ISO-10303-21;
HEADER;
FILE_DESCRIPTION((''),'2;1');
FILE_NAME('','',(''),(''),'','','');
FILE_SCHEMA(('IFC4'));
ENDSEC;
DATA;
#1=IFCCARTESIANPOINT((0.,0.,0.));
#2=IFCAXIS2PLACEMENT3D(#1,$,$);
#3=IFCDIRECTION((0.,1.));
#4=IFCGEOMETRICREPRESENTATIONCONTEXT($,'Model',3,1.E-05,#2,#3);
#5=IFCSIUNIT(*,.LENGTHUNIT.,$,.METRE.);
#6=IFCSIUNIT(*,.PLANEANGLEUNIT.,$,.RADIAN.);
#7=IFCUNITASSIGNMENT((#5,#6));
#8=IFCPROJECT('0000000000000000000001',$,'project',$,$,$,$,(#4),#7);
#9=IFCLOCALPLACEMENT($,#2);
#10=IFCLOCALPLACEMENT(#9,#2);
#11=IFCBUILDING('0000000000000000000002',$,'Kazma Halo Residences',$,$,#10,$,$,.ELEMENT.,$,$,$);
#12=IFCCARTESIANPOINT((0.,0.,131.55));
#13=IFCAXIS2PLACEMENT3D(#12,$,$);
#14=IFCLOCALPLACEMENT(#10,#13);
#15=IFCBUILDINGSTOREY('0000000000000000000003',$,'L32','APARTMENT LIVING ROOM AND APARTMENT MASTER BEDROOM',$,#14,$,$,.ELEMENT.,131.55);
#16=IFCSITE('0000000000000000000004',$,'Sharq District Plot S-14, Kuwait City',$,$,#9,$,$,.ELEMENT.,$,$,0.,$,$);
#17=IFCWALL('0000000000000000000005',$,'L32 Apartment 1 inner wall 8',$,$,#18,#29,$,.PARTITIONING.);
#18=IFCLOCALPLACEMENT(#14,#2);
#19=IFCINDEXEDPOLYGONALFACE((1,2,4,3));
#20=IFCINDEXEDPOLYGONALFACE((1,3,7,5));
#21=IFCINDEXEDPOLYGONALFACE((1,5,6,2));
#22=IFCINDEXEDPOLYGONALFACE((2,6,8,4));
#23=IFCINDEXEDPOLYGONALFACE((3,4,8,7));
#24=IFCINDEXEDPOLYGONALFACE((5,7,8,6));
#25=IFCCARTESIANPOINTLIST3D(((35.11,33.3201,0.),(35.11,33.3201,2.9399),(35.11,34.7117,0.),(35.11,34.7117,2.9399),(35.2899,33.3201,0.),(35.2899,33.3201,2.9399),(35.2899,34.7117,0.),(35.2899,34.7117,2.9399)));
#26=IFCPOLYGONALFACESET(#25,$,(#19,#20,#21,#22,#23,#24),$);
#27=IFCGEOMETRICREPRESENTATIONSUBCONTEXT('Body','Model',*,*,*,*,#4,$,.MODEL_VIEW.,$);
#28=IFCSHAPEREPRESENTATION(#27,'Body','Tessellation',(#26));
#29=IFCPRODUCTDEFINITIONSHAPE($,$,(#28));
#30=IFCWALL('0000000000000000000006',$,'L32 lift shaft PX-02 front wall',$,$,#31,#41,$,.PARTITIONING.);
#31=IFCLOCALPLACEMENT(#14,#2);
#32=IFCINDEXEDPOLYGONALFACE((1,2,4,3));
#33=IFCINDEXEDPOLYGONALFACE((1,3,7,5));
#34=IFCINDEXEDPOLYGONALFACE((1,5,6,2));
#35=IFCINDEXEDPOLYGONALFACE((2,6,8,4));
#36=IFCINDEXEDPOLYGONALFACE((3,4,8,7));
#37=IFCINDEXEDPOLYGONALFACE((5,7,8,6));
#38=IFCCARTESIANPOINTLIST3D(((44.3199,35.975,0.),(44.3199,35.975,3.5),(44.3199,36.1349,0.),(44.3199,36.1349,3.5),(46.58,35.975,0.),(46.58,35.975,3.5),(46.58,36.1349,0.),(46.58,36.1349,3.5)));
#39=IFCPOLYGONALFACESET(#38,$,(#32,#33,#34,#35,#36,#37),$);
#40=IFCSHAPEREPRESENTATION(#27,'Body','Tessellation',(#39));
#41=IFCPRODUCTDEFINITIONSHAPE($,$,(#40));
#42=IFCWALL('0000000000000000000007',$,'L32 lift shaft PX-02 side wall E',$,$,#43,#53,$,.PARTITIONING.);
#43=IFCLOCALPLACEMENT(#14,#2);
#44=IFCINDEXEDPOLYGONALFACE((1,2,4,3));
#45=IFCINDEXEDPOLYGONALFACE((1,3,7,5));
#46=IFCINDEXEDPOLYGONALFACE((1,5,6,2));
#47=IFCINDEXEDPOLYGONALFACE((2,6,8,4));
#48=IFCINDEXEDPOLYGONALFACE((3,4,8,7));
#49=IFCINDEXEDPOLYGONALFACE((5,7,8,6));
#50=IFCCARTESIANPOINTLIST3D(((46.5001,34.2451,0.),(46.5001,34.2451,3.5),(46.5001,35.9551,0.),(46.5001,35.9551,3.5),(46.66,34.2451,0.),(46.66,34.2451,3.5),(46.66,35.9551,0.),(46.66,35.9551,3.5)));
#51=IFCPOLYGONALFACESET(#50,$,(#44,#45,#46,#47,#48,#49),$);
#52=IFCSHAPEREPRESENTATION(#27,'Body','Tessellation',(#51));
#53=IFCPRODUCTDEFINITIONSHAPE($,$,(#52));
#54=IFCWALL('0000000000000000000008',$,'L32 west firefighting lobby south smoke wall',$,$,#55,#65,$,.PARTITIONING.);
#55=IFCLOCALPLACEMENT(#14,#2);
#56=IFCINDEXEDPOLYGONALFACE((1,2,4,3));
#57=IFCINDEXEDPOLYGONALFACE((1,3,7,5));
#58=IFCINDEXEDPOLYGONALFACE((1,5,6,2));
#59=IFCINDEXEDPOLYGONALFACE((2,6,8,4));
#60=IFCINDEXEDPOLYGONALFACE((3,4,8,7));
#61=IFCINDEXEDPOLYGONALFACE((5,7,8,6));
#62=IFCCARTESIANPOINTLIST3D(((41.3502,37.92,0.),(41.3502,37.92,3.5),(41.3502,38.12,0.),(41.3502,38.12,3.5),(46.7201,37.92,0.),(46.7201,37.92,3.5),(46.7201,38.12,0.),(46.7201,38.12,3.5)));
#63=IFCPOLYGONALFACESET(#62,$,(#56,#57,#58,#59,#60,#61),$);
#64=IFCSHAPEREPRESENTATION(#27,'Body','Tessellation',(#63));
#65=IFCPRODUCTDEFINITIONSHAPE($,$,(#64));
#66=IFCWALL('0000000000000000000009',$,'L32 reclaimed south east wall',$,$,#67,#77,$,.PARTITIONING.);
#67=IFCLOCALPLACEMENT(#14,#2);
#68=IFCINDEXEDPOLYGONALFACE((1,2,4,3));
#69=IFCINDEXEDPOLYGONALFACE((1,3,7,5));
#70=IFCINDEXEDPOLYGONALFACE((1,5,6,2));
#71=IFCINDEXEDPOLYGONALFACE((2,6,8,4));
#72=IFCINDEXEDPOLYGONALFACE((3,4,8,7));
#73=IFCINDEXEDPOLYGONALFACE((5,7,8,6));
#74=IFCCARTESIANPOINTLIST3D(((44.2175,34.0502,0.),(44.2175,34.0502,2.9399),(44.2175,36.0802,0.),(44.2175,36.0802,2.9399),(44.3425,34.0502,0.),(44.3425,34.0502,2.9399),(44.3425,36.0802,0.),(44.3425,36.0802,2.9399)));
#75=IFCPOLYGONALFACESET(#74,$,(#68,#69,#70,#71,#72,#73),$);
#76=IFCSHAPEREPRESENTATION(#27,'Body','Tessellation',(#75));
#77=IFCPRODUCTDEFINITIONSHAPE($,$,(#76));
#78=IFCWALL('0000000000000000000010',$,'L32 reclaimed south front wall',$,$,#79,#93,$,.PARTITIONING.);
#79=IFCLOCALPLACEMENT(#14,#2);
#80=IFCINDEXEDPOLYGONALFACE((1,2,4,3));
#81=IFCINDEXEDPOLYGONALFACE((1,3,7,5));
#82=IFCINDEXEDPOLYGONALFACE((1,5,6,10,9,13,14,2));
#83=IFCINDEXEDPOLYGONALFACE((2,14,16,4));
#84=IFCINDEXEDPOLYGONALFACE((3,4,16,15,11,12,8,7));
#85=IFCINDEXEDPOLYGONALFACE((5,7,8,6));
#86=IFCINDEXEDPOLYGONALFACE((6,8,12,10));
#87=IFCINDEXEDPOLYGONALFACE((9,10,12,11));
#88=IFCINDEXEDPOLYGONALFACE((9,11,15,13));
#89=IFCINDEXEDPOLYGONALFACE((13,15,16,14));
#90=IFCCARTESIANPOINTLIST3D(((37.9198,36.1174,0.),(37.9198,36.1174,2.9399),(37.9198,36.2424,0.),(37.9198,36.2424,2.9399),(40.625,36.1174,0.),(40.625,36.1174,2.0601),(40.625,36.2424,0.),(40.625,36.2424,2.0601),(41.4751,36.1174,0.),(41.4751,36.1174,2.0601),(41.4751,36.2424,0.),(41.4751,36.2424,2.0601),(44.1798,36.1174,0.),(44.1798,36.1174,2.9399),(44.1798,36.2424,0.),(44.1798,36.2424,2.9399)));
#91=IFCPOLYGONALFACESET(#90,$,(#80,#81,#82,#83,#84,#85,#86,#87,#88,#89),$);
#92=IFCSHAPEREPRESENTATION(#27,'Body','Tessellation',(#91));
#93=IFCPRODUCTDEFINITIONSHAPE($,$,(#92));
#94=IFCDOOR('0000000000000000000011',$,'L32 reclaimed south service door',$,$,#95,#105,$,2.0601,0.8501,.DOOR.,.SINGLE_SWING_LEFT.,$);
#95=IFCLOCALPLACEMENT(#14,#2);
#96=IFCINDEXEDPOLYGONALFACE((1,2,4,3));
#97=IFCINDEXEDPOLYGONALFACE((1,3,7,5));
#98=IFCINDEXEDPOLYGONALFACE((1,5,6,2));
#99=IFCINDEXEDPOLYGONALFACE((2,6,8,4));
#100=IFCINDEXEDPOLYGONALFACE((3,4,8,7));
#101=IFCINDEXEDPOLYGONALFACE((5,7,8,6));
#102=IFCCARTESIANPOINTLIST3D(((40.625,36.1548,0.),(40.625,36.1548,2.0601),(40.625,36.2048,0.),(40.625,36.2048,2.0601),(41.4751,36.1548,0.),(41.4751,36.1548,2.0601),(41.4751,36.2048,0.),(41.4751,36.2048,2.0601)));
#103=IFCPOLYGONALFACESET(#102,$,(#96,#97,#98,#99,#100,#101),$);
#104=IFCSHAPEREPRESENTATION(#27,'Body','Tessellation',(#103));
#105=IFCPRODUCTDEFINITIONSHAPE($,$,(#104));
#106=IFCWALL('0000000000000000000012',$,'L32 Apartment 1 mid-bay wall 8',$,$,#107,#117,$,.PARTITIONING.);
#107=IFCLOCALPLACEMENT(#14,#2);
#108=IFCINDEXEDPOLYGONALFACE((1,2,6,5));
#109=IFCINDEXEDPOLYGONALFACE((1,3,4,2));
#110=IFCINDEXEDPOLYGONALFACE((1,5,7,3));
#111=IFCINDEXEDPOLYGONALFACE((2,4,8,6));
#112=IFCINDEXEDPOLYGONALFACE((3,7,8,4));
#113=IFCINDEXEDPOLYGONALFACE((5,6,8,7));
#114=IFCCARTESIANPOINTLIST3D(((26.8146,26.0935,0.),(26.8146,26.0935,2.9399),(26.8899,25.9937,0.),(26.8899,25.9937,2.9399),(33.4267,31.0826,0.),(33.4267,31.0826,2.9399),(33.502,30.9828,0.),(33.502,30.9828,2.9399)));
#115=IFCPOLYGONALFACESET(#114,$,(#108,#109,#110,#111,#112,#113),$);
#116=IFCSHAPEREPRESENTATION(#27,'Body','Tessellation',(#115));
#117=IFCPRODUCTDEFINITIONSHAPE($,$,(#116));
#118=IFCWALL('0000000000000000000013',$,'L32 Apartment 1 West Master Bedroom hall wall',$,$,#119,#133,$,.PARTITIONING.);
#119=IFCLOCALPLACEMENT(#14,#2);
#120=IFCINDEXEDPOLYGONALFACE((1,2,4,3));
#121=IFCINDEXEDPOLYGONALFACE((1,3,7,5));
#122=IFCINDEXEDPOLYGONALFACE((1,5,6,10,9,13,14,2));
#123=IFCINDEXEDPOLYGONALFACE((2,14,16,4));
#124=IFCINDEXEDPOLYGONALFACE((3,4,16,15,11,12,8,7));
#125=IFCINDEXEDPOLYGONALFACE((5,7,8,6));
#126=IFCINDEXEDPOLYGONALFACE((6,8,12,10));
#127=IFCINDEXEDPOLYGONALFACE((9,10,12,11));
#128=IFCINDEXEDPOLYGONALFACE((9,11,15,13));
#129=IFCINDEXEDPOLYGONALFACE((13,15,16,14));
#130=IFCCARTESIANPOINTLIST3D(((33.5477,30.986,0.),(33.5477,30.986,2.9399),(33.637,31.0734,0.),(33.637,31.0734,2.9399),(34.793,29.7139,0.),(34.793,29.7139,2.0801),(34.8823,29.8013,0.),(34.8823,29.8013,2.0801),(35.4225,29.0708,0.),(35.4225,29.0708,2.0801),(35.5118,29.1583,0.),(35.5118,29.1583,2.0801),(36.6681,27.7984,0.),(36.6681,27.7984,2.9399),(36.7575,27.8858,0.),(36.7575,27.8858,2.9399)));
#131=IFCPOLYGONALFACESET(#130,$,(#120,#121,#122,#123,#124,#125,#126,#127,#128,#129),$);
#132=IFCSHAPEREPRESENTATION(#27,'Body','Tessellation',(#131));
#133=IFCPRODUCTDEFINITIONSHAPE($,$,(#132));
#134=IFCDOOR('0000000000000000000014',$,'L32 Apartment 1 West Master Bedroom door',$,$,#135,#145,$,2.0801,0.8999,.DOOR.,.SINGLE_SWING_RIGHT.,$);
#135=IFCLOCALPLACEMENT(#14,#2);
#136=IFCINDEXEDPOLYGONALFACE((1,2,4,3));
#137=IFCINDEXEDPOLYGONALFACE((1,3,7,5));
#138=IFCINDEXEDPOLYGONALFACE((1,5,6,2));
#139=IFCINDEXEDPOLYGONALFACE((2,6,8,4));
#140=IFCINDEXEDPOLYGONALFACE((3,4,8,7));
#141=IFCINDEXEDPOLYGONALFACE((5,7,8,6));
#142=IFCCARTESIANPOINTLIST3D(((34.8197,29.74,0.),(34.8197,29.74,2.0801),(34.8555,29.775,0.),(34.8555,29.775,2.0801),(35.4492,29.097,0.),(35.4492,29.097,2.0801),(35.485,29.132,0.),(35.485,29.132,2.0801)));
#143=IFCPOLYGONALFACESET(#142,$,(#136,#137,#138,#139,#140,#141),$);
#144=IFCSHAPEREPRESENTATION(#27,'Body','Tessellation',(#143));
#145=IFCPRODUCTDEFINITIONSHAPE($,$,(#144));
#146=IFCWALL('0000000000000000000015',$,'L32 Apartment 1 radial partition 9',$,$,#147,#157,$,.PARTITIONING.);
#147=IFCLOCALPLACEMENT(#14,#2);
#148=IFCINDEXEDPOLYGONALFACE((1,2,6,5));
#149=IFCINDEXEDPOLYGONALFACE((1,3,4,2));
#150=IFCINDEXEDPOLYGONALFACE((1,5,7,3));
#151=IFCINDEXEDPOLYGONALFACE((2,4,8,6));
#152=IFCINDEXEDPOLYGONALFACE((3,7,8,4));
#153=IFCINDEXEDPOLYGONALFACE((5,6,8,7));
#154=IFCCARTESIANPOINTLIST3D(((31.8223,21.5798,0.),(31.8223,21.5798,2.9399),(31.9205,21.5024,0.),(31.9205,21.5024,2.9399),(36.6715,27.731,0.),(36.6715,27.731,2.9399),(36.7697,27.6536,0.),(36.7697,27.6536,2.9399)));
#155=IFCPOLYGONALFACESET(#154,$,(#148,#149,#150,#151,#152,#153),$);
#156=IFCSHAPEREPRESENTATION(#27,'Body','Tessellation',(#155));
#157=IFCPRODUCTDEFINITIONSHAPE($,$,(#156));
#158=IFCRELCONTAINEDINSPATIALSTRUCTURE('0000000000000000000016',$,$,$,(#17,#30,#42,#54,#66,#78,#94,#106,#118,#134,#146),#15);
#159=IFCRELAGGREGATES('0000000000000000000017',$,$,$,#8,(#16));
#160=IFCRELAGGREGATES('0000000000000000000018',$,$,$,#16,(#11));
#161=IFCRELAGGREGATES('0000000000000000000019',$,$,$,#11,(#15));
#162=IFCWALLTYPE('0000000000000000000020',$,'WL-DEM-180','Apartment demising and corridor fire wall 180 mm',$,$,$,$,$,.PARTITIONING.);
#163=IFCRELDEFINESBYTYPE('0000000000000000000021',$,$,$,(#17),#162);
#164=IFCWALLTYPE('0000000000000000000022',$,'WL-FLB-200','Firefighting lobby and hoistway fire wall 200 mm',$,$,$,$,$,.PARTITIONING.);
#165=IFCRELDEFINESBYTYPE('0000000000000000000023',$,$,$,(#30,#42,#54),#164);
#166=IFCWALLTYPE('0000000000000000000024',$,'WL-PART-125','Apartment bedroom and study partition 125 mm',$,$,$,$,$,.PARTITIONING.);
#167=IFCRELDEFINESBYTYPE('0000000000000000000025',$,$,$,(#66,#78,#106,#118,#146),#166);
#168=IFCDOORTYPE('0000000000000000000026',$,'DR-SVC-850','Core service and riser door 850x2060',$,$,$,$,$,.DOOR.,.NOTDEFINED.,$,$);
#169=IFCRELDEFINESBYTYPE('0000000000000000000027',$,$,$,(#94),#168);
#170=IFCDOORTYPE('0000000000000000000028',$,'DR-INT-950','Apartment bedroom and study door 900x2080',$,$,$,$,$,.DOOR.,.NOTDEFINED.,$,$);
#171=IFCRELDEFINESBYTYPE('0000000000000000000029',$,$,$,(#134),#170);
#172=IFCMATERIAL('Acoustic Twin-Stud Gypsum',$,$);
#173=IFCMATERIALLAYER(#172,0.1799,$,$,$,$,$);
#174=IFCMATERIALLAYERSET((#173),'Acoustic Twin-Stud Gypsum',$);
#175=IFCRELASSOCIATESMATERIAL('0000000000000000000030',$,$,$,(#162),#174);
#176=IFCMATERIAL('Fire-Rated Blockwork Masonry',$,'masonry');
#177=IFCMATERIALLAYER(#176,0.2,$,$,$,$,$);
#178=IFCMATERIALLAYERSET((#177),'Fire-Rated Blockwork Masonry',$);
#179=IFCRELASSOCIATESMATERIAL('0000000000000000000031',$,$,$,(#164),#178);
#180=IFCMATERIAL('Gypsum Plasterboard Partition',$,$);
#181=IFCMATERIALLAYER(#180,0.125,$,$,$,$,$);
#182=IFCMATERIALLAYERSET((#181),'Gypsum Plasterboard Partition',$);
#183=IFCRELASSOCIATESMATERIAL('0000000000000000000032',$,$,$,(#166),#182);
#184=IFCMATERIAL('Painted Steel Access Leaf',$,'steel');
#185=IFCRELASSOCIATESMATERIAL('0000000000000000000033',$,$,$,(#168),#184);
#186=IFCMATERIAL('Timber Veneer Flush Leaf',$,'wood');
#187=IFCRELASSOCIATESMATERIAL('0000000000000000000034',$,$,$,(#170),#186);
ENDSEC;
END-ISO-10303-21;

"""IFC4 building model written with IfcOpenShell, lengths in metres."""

from ifc_helpers import new_model, si_unit, direction, frame, frame_2d, origin, place, context, subcontext, project, spatial, rectangle, extrude, material, layer, layer_set, type_object, element, fill, save


model = new_model("IFC4")

# Units and contexts
model_context = context("Model", 3, precision=1e-05, world=origin(), true_north=direction((0.0, 1.0)))
body_context = subcontext(model_context, "Body", "Model", "MODEL_VIEW")
ifc_project = project(units=[si_unit("LENGTHUNIT", "METRE"), si_unit("PLANEANGLEUNIT", "RADIAN")], contexts=[model_context])

# Site, building, storey
site_placement = place(None, origin())
site = spatial("IfcSite", under=ifc_project, at=site_placement, Name="Sharq District Plot S-14, Kuwait City", CompositionType="ELEMENT", RefElevation=0.0)
building_placement = place(site_placement, origin())
building = spatial("IfcBuilding", under=site, at=building_placement, Name="Kazma Halo Residences", CompositionType="ELEMENT")
storey_placement = place(building_placement, frame((0.0, 0.0, 131.55)))
storey = spatial("IfcBuildingStorey", under=building, at=storey_placement, Name="L32", Description="APARTMENT LIVING ROOM AND APARTMENT MASTER BEDROOM", CompositionType="ELEMENT", Elevation=131.55)

# Walls
ifc_material_1 = material(Name="Acoustic Twin-Stud Gypsum")
ifc_layer_1 = layer(ifc_material_1, 0.1799)
ifc_layer_set_1 = layer_set([ifc_layer_1], Name="Acoustic Twin-Stud Gypsum")
wall_type_1 = type_object("IfcWallType", Name="WL-DEM-180", Description="Apartment demising and corridor fire wall 180 mm", PredefinedType="PARTITIONING", material=ifc_layer_set_1)
wall_1_placement = place(storey_placement, frame((35.2, 34.7117, 0.0), z_axis=(0.0, 0.0, 1.0), x_axis=(0.0, -1.0, 0.0)))
element("IfcWall", 1, at=wall_1_placement, inside=storey, type_object=wall_type_1, Name="L32 Apartment 1 inner wall 8", PredefinedType="PARTITIONING", context=body_context, shape_type="SweptSolid", body=[
    extrude(rectangle(XDim=1.3916, YDim=0.1799, at=frame_2d((0.6958, 0.0))), origin(), (0.0, 0.0, 1.0), 2.9399),
])
ifc_material_2 = material(Name="Fire-Rated Blockwork Masonry", Category="masonry")
ifc_layer_2 = layer(ifc_material_2, 0.2)
ifc_layer_set_2 = layer_set([ifc_layer_2], Name="Fire-Rated Blockwork Masonry")
wall_type_2 = type_object("IfcWallType", Name="WL-FLB-200", Description="Firefighting lobby and hoistway fire wall 200 mm", PredefinedType="PARTITIONING", material=ifc_layer_set_2)
wall_2_placement = place(storey_placement, frame((44.3201, 36.0549, 0.0), z_axis=(0.0, 0.0, 1.0), x_axis=(1.0, 0.0, 0.0)))
element("IfcWall", 2, at=wall_2_placement, inside=storey, type_object=wall_type_2, Name="L32 lift shaft PX-02 front wall", PredefinedType="PARTITIONING", context=body_context, shape_type="SweptSolid", body=[
    extrude(rectangle(XDim=2.26, YDim=0.1599, at=frame_2d((1.1299, 0.0))), origin(), (0.0, 0.0, 1.0), 3.5),
])
wall_3_placement = place(storey_placement, frame((46.5801, 34.2451, 0.0), z_axis=(0.0, 0.0, 1.0), x_axis=(0.0, 1.0, 0.0)))
element("IfcWall", 3, at=wall_3_placement, inside=storey, type_object=wall_type_2, Name="L32 lift shaft PX-02 side wall E", PredefinedType="PARTITIONING", context=body_context, shape_type="SweptSolid", body=[
    extrude(rectangle(XDim=1.71, YDim=0.1599, at=frame_2d((0.855, 0.0))), origin(), (0.0, 0.0, 1.0), 3.5),
])
wall_4_placement = place(storey_placement, frame((41.3501, 38.02, 0.0), z_axis=(0.0, 0.0, 1.0), x_axis=(1.0, 0.0, 0.0)))
element("IfcWall", 4, at=wall_4_placement, inside=storey, type_object=wall_type_2, Name="L32 west firefighting lobby south smoke wall", PredefinedType="PARTITIONING", context=body_context, shape_type="SweptSolid", body=[
    extrude(rectangle(XDim=5.3699, YDim=0.2, at=frame_2d((2.6851, 0.0))), origin(), (0.0, 0.0, 1.0), 3.5),
])
ifc_material_3 = material(Name="Gypsum Plasterboard Partition")
ifc_layer_3 = layer(ifc_material_3, 0.125)
ifc_layer_set_3 = layer_set([ifc_layer_3], Name="Gypsum Plasterboard Partition")
wall_type_3 = type_object("IfcWallType", Name="WL-PART-125", Description="Apartment bedroom and study partition 125 mm", PredefinedType="PARTITIONING", material=ifc_layer_set_3)
wall_5_placement = place(storey_placement, frame((44.28, 34.05, 0.0), z_axis=(0.0, 0.0, 1.0), x_axis=(0.0, 1.0, 0.0)))
element("IfcWall", 5, at=wall_5_placement, inside=storey, type_object=wall_type_3, Name="L32 reclaimed south east wall", PredefinedType="PARTITIONING", context=body_context, shape_type="SweptSolid", body=[
    extrude(rectangle(XDim=2.03, YDim=0.125, at=frame_2d((1.0151, 0.0))), origin(), (0.0, 0.0, 1.0), 2.9399),
])

# Wall, opening, door
wall_6_placement = place(storey_placement, frame((37.9199, 36.1799, 0.0), z_axis=(0.0, 0.0, 1.0), x_axis=(1.0, 0.0, 0.0)))
wall_6 = element("IfcWall", 6, at=wall_6_placement, inside=storey, type_object=wall_type_3, Name="L32 reclaimed south front wall", PredefinedType="PARTITIONING", context=body_context, shape_type="SweptSolid", body=[
    extrude(rectangle(XDim=6.26, YDim=0.125, at=frame_2d((3.1299, 0.0))), origin(), (0.0, 0.0, 1.0), 2.9399),
])
opening_1_placement = place(wall_6_placement, frame((2.7051, 0.0, 0.0)))
opening_1 = element("IfcOpeningElement", 7, at=opening_1_placement, cuts=wall_6, PredefinedType="OPENING", context=body_context, shape_type="SweptSolid", body=[
    extrude(rectangle(XDim=0.8501, YDim=2.0601, at=frame_2d((0.425, 1.03))), frame((0.0, 0.0725, 0.0), z_axis=(0.0, -1.0, 0.0), x_axis=(1.0, 0.0, 0.0)), (0.0, 0.0, 1.0), 0.145),
])
ifc_material_4 = material(Name="Painted Steel Access Leaf", Category="steel")
door_type_1 = type_object("IfcDoorType", Name="DR-SVC-850", Description="Core service and riser door 850x2060", OperationType="NOTDEFINED", PredefinedType="DOOR", material=ifc_material_4)
door_1_placement = place(opening_1_placement, origin())
door_1 = element("IfcDoor", 8, at=door_1_placement, inside=storey, type_object=door_type_1, Name="L32 reclaimed south service door", OperationType="SINGLE_SWING_LEFT", OverallHeight=2.0601, OverallWidth=0.8501, PredefinedType="DOOR", context=body_context, shape_type="SweptSolid", body=[
    extrude(rectangle(XDim=0.8501, YDim=2.0601, at=frame_2d((0.425, 1.03))), frame((0.0, 0.0249, 0.0), z_axis=(0.0, -1.0, 0.0), x_axis=(1.0, 0.0, 0.0)), (0.0, 0.0, 1.0), 0.05),
])
fill(opening_1, door_1)

# Wall
wall_7_placement = place(storey_placement, frame((33.4644, 31.0327, 0.0), z_axis=(0.0, 0.0, 1.0), x_axis=(-0.79826, -0.602313, 0.0)))
element("IfcWall", 9, at=wall_7_placement, inside=storey, type_object=wall_type_3, Name="L32 Apartment 1 mid-bay wall 8", PredefinedType="PARTITIONING", context=body_context, shape_type="SweptSolid", body=[
    extrude(rectangle(XDim=8.2832, YDim=0.125, at=frame_2d((4.1416, 0.0))), origin(), (0.0, 0.0, 1.0), 2.9399),
])

# Wall, opening, door
wall_8_placement = place(storey_placement, frame((33.5923, 31.0298, 0.0), z_axis=(0.0, 0.0, 1.0), x_axis=(0.699541, -0.714593, 0.0)))
wall_8 = element("IfcWall", 10, at=wall_8_placement, inside=storey, type_object=wall_type_3, Name="L32 Apartment 1 West Master Bedroom hall wall", PredefinedType="PARTITIONING", context=body_context, shape_type="SweptSolid", body=[
    extrude(rectangle(XDim=4.4607, YDim=0.125, at=frame_2d((2.2305, 0.0))), origin(), (0.0, 0.0, 1.0), 2.9399),
])
opening_2_placement = place(wall_8_placement, frame((1.7803, 0.0, 0.0)))
opening_2 = element("IfcOpeningElement", 11, at=opening_2_placement, cuts=wall_8, PredefinedType="OPENING", context=body_context, shape_type="SweptSolid", body=[
    extrude(rectangle(XDim=0.8999, YDim=2.0801, at=frame_2d((0.45, 1.04))), frame((0.0, 0.0725, 0.0), z_axis=(0.0, -1.0, 0.0), x_axis=(1.0, 0.0, 0.0)), (0.0, 0.0, 1.0), 0.145),
])
ifc_material_5 = material(Name="Timber Veneer Flush Leaf", Category="wood")
door_type_2 = type_object("IfcDoorType", Name="DR-INT-950", Description="Apartment bedroom and study door 900x2080", OperationType="NOTDEFINED", PredefinedType="DOOR", material=ifc_material_5)
door_2_placement = place(opening_2_placement, origin())
door_2 = element("IfcDoor", 12, at=door_2_placement, inside=storey, type_object=door_type_2, Name="L32 Apartment 1 West Master Bedroom door", OperationType="SINGLE_SWING_RIGHT", OverallHeight=2.0801, OverallWidth=0.8999, PredefinedType="DOOR", context=body_context, shape_type="SweptSolid", body=[
    extrude(rectangle(XDim=0.8999, YDim=2.0801, at=frame_2d((0.45, 1.04))), frame((0.0, 0.0249, 0.0), z_axis=(0.0, -1.0, 0.0), x_axis=(1.0, 0.0, 0.0)), (0.0, 0.0, 1.0), 0.05),
])
fill(opening_2, door_2)

# Wall
wall_9_placement = place(storey_placement, frame((36.7207, 27.6924, 0.0), z_axis=(0.0, 0.0, 1.0), x_axis=(-0.619091, -0.785319, 0.0)))
element("IfcWall", 13, at=wall_9_placement, inside=storey, type_object=wall_type_3, Name="L32 Apartment 1 radial partition 9", PredefinedType="PARTITIONING", context=body_context, shape_type="SweptSolid", body=[
    extrude(rectangle(XDim=7.8328, YDim=0.125, at=frame_2d((3.9165, 0.0))), origin(), (0.0, 0.0, 1.0), 2.9399),
])

save(model, "model.ifc")
